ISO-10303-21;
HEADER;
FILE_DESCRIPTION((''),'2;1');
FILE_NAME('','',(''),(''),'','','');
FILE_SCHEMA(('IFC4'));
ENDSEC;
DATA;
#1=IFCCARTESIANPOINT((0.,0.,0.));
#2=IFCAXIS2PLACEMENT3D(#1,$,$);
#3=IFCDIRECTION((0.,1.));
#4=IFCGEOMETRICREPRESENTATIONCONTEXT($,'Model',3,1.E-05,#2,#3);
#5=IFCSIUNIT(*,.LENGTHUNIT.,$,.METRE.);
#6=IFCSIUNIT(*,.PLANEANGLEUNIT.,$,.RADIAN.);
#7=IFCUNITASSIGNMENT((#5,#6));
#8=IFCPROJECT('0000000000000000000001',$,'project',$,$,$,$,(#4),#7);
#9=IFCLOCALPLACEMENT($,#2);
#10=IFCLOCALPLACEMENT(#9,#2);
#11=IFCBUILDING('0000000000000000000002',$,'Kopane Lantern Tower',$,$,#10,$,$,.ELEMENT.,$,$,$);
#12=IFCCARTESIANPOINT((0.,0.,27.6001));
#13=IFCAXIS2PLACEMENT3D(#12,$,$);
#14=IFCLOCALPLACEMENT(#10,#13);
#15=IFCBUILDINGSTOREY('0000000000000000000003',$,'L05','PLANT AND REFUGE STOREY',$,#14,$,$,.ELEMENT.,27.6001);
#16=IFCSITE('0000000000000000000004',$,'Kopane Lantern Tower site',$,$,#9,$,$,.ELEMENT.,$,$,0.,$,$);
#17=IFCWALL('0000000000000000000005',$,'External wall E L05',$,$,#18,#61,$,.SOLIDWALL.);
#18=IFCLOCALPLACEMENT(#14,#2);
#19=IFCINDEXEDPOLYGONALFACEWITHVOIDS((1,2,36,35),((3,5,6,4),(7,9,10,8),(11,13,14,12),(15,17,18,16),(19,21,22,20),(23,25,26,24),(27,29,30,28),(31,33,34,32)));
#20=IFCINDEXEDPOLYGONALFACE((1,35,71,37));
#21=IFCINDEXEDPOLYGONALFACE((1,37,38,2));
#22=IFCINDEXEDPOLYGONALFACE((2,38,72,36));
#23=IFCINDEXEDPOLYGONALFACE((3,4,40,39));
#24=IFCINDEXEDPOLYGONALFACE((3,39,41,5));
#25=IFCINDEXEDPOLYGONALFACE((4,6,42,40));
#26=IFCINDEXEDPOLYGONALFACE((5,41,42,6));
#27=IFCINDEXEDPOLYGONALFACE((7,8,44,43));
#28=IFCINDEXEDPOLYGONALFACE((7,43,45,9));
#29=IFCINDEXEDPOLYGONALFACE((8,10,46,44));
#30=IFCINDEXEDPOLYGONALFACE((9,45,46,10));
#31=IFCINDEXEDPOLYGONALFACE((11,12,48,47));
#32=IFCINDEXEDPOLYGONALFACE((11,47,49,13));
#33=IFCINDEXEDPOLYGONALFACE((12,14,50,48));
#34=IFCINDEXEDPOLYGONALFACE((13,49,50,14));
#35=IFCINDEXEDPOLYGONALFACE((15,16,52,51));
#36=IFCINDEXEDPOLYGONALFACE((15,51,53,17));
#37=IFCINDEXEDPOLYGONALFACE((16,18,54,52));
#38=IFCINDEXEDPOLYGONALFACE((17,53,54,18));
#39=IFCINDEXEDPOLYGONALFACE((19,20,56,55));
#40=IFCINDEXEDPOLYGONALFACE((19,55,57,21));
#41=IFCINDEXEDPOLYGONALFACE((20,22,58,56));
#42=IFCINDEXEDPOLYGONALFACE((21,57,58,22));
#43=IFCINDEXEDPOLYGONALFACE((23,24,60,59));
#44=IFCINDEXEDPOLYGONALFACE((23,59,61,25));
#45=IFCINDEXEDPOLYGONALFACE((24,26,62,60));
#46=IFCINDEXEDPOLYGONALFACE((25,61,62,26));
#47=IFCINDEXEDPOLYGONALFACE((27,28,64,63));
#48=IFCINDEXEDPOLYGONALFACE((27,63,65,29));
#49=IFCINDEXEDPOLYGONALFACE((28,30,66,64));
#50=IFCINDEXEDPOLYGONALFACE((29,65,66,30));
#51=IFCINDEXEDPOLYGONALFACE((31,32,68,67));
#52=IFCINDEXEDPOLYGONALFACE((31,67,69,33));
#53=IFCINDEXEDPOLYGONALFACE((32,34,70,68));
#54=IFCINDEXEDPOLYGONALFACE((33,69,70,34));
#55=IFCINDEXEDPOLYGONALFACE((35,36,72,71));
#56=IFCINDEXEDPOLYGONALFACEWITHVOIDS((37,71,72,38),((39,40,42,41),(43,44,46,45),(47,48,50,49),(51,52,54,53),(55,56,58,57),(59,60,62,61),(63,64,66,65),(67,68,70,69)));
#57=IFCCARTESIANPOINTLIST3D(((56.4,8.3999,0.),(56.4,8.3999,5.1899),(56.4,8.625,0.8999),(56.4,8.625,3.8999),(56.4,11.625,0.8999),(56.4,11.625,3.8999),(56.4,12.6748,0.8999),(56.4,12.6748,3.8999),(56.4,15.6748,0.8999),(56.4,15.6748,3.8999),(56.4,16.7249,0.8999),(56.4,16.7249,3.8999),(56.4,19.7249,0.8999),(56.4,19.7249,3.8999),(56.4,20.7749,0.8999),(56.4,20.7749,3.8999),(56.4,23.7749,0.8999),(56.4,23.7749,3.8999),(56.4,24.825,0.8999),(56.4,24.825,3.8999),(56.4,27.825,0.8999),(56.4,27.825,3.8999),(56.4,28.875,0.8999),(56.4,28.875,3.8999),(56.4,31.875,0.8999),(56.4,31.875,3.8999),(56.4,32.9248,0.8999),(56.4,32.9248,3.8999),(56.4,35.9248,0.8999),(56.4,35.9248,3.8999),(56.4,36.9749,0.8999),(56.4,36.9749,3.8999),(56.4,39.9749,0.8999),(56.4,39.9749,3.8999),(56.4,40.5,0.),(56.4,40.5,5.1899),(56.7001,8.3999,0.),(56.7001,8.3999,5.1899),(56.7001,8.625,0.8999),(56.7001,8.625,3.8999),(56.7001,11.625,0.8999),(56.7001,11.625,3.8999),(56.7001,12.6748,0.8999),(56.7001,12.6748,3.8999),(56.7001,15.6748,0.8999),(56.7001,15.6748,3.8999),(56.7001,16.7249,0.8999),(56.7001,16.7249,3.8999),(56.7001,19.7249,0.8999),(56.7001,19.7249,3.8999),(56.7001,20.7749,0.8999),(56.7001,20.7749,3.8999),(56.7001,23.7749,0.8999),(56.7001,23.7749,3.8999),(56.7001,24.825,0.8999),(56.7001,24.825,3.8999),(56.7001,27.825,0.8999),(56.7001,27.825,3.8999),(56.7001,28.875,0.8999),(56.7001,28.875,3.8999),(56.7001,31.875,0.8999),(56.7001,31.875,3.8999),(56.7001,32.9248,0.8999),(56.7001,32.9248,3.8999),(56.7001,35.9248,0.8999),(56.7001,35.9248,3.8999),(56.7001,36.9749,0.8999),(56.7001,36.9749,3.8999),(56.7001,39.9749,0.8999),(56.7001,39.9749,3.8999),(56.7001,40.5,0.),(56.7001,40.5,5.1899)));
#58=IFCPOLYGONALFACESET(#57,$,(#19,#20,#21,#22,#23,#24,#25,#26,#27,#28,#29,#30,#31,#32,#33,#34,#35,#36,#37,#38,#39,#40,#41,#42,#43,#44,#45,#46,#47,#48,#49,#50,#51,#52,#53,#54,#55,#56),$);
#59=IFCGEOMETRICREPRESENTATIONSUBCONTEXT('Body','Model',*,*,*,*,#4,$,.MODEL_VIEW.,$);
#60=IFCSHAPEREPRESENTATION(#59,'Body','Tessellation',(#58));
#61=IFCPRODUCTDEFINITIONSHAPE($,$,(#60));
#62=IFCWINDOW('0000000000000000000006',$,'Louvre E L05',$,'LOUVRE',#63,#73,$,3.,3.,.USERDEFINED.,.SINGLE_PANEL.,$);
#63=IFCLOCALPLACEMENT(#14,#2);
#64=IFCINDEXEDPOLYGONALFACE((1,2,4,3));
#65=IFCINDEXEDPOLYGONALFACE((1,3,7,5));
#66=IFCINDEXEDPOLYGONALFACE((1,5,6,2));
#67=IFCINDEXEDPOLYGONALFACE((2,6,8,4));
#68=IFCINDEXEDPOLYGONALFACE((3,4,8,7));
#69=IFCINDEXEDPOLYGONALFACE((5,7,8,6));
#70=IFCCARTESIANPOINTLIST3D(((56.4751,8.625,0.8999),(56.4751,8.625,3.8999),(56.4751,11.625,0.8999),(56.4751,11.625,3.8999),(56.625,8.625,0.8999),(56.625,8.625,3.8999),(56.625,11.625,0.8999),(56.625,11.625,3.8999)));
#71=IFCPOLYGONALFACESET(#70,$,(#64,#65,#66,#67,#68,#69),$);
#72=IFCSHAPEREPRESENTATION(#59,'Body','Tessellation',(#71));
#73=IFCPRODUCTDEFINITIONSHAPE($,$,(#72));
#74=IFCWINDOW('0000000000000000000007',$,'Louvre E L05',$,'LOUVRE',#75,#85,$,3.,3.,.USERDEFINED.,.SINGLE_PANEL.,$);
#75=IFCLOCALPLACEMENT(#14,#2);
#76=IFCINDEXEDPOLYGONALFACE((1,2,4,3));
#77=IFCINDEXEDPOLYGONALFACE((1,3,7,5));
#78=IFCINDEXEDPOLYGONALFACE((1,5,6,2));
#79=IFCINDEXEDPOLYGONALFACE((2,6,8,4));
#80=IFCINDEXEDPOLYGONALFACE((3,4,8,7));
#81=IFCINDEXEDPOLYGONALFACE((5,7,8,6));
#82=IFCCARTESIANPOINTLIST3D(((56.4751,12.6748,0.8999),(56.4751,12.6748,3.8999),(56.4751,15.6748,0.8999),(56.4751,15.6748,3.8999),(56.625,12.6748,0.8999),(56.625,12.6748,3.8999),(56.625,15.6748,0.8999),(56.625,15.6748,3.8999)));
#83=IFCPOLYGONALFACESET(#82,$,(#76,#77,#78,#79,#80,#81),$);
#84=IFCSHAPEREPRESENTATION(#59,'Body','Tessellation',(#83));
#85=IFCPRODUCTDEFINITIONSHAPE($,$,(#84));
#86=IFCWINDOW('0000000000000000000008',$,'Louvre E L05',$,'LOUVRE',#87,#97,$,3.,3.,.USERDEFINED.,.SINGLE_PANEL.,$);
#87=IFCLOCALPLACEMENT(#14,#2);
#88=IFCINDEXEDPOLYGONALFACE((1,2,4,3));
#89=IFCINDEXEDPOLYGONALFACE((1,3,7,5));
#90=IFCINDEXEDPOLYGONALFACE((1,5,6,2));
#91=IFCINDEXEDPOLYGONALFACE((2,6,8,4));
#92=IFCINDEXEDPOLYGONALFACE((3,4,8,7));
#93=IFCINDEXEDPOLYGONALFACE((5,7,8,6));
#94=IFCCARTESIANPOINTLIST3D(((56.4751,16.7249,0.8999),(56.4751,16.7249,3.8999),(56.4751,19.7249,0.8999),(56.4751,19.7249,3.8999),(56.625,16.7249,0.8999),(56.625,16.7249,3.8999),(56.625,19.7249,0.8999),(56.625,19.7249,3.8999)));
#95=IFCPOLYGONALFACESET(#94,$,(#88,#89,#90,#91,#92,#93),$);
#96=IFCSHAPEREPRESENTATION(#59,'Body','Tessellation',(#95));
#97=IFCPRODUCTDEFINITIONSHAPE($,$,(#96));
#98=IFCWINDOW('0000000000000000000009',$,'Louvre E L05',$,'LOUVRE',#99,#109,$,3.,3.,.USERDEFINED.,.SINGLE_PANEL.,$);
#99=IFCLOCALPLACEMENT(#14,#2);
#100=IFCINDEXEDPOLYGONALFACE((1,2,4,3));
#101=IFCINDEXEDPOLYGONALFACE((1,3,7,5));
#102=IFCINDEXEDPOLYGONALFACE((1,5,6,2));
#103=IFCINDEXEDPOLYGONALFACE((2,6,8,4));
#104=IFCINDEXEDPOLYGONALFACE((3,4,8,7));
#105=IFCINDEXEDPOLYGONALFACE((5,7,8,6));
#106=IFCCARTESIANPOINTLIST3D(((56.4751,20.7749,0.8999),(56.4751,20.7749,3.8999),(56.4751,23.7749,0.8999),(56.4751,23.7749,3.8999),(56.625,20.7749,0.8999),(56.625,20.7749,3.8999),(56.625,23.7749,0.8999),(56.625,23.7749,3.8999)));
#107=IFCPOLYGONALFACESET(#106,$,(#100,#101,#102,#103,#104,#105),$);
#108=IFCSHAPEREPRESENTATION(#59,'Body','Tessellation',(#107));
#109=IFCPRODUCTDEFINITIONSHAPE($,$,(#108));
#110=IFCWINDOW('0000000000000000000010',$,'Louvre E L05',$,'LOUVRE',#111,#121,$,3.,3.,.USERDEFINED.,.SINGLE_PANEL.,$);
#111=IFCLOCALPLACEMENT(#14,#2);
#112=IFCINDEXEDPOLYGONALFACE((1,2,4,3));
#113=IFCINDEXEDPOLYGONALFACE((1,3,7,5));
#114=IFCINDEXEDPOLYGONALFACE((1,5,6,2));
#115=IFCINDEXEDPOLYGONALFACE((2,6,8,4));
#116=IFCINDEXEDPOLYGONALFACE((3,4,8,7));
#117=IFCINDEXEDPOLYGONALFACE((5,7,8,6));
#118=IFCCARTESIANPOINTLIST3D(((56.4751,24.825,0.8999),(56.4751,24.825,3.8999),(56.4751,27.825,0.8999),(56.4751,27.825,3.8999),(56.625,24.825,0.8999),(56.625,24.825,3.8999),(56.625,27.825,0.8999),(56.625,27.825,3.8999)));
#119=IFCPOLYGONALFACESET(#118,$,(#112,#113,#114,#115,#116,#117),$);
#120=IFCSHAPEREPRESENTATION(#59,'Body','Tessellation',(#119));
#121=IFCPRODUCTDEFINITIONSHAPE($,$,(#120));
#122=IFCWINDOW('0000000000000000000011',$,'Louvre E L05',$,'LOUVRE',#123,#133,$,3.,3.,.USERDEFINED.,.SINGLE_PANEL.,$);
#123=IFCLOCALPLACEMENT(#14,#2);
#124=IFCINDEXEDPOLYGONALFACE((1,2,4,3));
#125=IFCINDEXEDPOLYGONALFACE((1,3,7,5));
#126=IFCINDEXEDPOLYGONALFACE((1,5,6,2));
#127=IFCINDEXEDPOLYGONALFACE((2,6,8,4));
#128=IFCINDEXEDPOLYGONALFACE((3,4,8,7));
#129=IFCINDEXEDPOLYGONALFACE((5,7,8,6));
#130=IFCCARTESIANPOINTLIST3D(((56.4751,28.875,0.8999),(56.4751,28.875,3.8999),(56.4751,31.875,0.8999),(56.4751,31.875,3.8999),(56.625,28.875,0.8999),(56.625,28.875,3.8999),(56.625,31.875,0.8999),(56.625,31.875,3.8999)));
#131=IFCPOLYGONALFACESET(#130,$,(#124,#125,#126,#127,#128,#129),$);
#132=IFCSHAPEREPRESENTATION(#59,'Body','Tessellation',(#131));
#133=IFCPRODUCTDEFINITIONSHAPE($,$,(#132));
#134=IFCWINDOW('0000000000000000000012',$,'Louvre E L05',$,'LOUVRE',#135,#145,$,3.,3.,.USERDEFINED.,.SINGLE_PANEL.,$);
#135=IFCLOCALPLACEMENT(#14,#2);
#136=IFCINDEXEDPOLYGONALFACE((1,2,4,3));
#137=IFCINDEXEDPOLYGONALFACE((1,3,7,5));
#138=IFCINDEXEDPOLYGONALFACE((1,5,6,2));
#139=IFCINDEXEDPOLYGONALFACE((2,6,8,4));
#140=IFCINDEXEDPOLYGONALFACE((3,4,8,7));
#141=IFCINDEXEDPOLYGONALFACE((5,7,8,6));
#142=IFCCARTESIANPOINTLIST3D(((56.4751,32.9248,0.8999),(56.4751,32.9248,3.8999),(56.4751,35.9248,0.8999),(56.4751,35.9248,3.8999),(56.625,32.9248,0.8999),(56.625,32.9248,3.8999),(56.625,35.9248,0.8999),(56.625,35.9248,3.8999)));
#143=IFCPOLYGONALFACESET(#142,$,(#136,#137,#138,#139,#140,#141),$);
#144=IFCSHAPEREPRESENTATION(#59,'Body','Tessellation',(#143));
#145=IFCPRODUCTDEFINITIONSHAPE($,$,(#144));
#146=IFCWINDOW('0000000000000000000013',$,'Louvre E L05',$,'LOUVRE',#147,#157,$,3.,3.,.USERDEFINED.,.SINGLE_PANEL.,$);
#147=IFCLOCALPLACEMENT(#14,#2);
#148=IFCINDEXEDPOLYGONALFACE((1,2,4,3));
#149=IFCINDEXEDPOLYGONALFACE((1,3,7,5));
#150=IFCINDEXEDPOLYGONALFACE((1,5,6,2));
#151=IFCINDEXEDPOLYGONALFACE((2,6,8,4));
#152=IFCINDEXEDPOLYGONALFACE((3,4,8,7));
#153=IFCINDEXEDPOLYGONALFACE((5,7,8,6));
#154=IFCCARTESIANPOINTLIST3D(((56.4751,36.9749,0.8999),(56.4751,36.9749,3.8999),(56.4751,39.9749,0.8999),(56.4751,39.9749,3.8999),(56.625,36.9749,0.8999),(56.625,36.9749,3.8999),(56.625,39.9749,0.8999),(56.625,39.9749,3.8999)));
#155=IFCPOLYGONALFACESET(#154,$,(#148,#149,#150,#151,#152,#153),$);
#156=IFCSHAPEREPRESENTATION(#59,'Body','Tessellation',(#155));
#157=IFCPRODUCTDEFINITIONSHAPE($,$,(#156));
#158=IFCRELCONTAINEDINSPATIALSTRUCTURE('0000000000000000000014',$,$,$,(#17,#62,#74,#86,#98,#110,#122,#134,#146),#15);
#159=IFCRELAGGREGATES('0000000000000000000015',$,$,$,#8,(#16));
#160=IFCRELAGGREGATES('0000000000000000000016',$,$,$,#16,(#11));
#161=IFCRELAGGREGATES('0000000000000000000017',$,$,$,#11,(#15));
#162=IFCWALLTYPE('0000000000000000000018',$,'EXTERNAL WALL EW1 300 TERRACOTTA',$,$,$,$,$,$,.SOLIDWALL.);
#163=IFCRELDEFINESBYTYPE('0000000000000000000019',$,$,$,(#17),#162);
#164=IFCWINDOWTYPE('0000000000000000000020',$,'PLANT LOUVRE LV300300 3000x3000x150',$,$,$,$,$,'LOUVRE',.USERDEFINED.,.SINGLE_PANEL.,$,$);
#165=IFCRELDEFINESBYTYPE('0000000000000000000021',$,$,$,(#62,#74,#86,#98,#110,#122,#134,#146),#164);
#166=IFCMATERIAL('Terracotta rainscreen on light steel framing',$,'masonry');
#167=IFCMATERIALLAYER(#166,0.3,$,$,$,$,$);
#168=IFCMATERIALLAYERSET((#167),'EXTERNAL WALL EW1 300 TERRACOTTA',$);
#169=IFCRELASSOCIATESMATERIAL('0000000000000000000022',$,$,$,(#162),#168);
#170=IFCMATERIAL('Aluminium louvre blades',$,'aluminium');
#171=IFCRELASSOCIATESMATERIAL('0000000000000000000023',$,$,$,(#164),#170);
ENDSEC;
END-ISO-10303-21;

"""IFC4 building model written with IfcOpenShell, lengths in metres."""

from ifc_helpers import new_model, si_unit, direction, frame, frame_2d, origin, place, context, subcontext, project, spatial, rectangle, extrude, material, layer, layer_set, type_object, element, fill, save


model = new_model("IFC4")

# Units and contexts
model_context = context("Model", 3, precision=1e-05, world=origin(), true_north=direction((0.0, 1.0)))
body_context = subcontext(model_context, "Body", "Model", "MODEL_VIEW")
ifc_project = project(units=[si_unit("LENGTHUNIT", "METRE"), si_unit("PLANEANGLEUNIT", "RADIAN")], contexts=[model_context])

# Site, building, storey
site_placement = place(None, origin())
site = spatial("IfcSite", under=ifc_project, at=site_placement, Name="Kopane Lantern Tower site", CompositionType="ELEMENT", RefElevation=0.0)
building_placement = place(site_placement, origin())
building = spatial("IfcBuilding", under=site, at=building_placement, Name="Kopane Lantern Tower", CompositionType="ELEMENT")
storey_placement = place(building_placement, frame((0.0, 0.0, 27.6001)))
storey = spatial("IfcBuildingStorey", under=building, at=storey_placement, Name="L05", Description="PLANT AND REFUGE STOREY", CompositionType="ELEMENT", Elevation=27.6001)

# Shared definitions
ifc_material_1 = material(Name="Terracotta rainscreen on light steel framing", Category="masonry")
ifc_layer_1 = layer(ifc_material_1, 0.3)
ifc_layer_set_1 = layer_set([ifc_layer_1], Name="EXTERNAL WALL EW1 300 TERRACOTTA")
wall_type_1 = type_object("IfcWallType", Name="EXTERNAL WALL EW1 300 TERRACOTTA", PredefinedType="SOLIDWALL", material=ifc_layer_set_1)

# Wall, openings, windows
wall_1_placement = place(storey_placement, frame((56.55, 8.3999, 0.0), z_axis=(0.0, 0.0, 1.0), x_axis=(0.0, 1.0, 0.0)))
wall_1 = element("IfcWall", 1, at=wall_1_placement, inside=storey, type_object=wall_type_1, Name="External wall E L05", PredefinedType="SOLIDWALL", context=body_context, shape_type="SweptSolid", body=[
    extrude(rectangle(XDim=32.1001, YDim=0.3, at=frame_2d((16.05, 0.0))), origin(), (0.0, 0.0, 1.0), 5.1899),
])
opening_1_placement = place(wall_1_placement, frame((0.2251, 0.0, 0.8999)))
opening_1 = element("IfcOpeningElement", 2, at=opening_1_placement, cuts=wall_1, PredefinedType="OPENING", context=body_context, shape_type="SweptSolid", body=[
    extrude(rectangle(XDim=3.0, YDim=3.0, at=frame_2d((1.5, 1.5))), frame((0.0, 0.1599, 0.0), z_axis=(0.0, -1.0, 0.0), x_axis=(1.0, 0.0, 0.0)), (0.0, 0.0, 1.0), 0.3201),
])
opening_2_placement = place(wall_1_placement, frame((4.2749, 0.0, 0.8999)))
opening_2 = element("IfcOpeningElement", 3, at=opening_2_placement, cuts=wall_1, PredefinedType="OPENING", context=body_context, shape_type="SweptSolid", body=[
    extrude(rectangle(XDim=3.0, YDim=3.0, at=frame_2d((1.5, 1.5))), frame((0.0, 0.1599, 0.0), z_axis=(0.0, -1.0, 0.0), x_axis=(1.0, 0.0, 0.0)), (0.0, 0.0, 1.0), 0.3201),
])
opening_3_placement = place(wall_1_placement, frame((8.325, 0.0, 0.8999)))
opening_3 = element("IfcOpeningElement", 4, at=opening_3_placement, cuts=wall_1, PredefinedType="OPENING", context=body_context, shape_type="SweptSolid", body=[
    extrude(rectangle(XDim=3.0, YDim=3.0, at=frame_2d((1.5, 1.5))), frame((0.0, 0.1599, 0.0), z_axis=(0.0, -1.0, 0.0), x_axis=(1.0, 0.0, 0.0)), (0.0, 0.0, 1.0), 0.3201),
])
opening_4_placement = place(wall_1_placement, frame((12.375, 0.0, 0.8999)))
opening_4 = element("IfcOpeningElement", 5, at=opening_4_placement, cuts=wall_1, PredefinedType="OPENING", context=body_context, shape_type="SweptSolid", body=[
    extrude(rectangle(XDim=3.0, YDim=3.0, at=frame_2d((1.5, 1.5))), frame((0.0, 0.1599, 0.0), z_axis=(0.0, -1.0, 0.0), x_axis=(1.0, 0.0, 0.0)), (0.0, 0.0, 1.0), 0.3201),
])
opening_5_placement = place(wall_1_placement, frame((16.425, 0.0, 0.8999)))
opening_5 = element("IfcOpeningElement", 6, at=opening_5_placement, cuts=wall_1, PredefinedType="OPENING", context=body_context, shape_type="SweptSolid", body=[
    extrude(rectangle(XDim=3.0, YDim=3.0, at=frame_2d((1.5, 1.5))), frame((0.0, 0.1599, 0.0), z_axis=(0.0, -1.0, 0.0), x_axis=(1.0, 0.0, 0.0)), (0.0, 0.0, 1.0), 0.3201),
])
opening_6_placement = place(wall_1_placement, frame((20.4751, 0.0, 0.8999)))
opening_6 = element("IfcOpeningElement", 7, at=opening_6_placement, cuts=wall_1, PredefinedType="OPENING", context=body_context, shape_type="SweptSolid", body=[
    extrude(rectangle(XDim=3.0, YDim=3.0, at=frame_2d((1.5, 1.5))), frame((0.0, 0.1599, 0.0), z_axis=(0.0, -1.0, 0.0), x_axis=(1.0, 0.0, 0.0)), (0.0, 0.0, 1.0), 0.3201),
])
opening_7_placement = place(wall_1_placement, frame((24.5249, 0.0, 0.8999)))
opening_7 = element("IfcOpeningElement", 8, at=opening_7_placement, cuts=wall_1, PredefinedType="OPENING", context=body_context, shape_type="SweptSolid", body=[
    extrude(rectangle(XDim=3.0, YDim=3.0, at=frame_2d((1.5, 1.5))), frame((0.0, 0.1599, 0.0), z_axis=(0.0, -1.0, 0.0), x_axis=(1.0, 0.0, 0.0)), (0.0, 0.0, 1.0), 0.3201),
])
opening_8_placement = place(wall_1_placement, frame((28.575, 0.0, 0.8999)))
opening_8 = element("IfcOpeningElement", 9, at=opening_8_placement, cuts=wall_1, PredefinedType="OPENING", context=body_context, shape_type="SweptSolid", body=[
    extrude(rectangle(XDim=3.0, YDim=3.0, at=frame_2d((1.5, 1.5))), frame((0.0, 0.1599, 0.0), z_axis=(0.0, -1.0, 0.0), x_axis=(1.0, 0.0, 0.0)), (0.0, 0.0, 1.0), 0.3201),
])
ifc_material_2 = material(Name="Aluminium louvre blades", Category="aluminium")
window_type_1 = type_object("IfcWindowType", Name="PLANT LOUVRE LV300300 3000x3000x150", ElementType="LOUVRE", PartitioningType="SINGLE_PANEL", PredefinedType="USERDEFINED", material=ifc_material_2)
window_1_placement = place(opening_1_placement, origin())
window_1 = element("IfcWindow", 10, at=window_1_placement, inside=storey, type_object=window_type_1, Name="Louvre E L05", ObjectType="LOUVRE", OverallHeight=3.0, OverallWidth=3.0, PartitioningType="SINGLE_PANEL", PredefinedType="USERDEFINED", context=body_context, shape_type="SweptSolid", body=[
    extrude(rectangle(XDim=3.0, YDim=3.0, at=frame_2d((1.5, 1.5))), frame((0.0, 0.075, 0.0), z_axis=(0.0, -1.0, 0.0), x_axis=(1.0, 0.0, 0.0)), (0.0, 0.0, 1.0), 0.1499),
])
fill(opening_1, window_1)
window_2_placement = place(opening_2_placement, origin())
window_2 = element("IfcWindow", 11, at=window_2_placement, inside=storey, type_object=window_type_1, Name="Louvre E L05", ObjectType="LOUVRE", OverallHeight=3.0, OverallWidth=3.0, PartitioningType="SINGLE_PANEL", PredefinedType="USERDEFINED", context=body_context, shape_type="SweptSolid", body=[
    extrude(rectangle(XDim=3.0, YDim=3.0, at=frame_2d((1.5, 1.5))), frame((0.0, 0.075, 0.0), z_axis=(0.0, -1.0, 0.0), x_axis=(1.0, 0.0, 0.0)), (0.0, 0.0, 1.0), 0.1499),
])
fill(opening_2, window_2)
window_3_placement = place(opening_3_placement, origin())
window_3 = element("IfcWindow", 12, at=window_3_placement, inside=storey, type_object=window_type_1, Name="Louvre E L05", ObjectType="LOUVRE", OverallHeight=3.0, OverallWidth=3.0, PartitioningType="SINGLE_PANEL", PredefinedType="USERDEFINED", context=body_context, shape_type="SweptSolid", body=[
    extrude(rectangle(XDim=3.0, YDim=3.0, at=frame_2d((1.5, 1.5))), frame((0.0, 0.075, 0.0), z_axis=(0.0, -1.0, 0.0), x_axis=(1.0, 0.0, 0.0)), (0.0, 0.0, 1.0), 0.1499),
])
fill(opening_3, window_3)
window_4_placement = place(opening_4_placement, origin())
window_4 = element("IfcWindow", 13, at=window_4_placement, inside=storey, type_object=window_type_1, Name="Louvre E L05", ObjectType="LOUVRE", OverallHeight=3.0, OverallWidth=3.0, PartitioningType="SINGLE_PANEL", PredefinedType="USERDEFINED", context=body_context, shape_type="SweptSolid", body=[
    extrude(rectangle(XDim=3.0, YDim=3.0, at=frame_2d((1.5, 1.5))), frame((0.0, 0.075, 0.0), z_axis=(0.0, -1.0, 0.0), x_axis=(1.0, 0.0, 0.0)), (0.0, 0.0, 1.0), 0.1499),
])
fill(opening_4, window_4)
window_5_placement = place(opening_5_placement, origin())
window_5 = element("IfcWindow", 14, at=window_5_placement, inside=storey, type_object=window_type_1, Name="Louvre E L05", ObjectType="LOUVRE", OverallHeight=3.0, OverallWidth=3.0, PartitioningType="SINGLE_PANEL", PredefinedType="USERDEFINED", context=body_context, shape_type="SweptSolid", body=[
    extrude(rectangle(XDim=3.0, YDim=3.0, at=frame_2d((1.5, 1.5))), frame((0.0, 0.075, 0.0), z_axis=(0.0, -1.0, 0.0), x_axis=(1.0, 0.0, 0.0)), (0.0, 0.0, 1.0), 0.1499),
])
fill(opening_5, window_5)
window_6_placement = place(opening_6_placement, origin())
window_6 = element("IfcWindow", 15, at=window_6_placement, inside=storey, type_object=window_type_1, Name="Louvre E L05", ObjectType="LOUVRE", OverallHeight=3.0, OverallWidth=3.0, PartitioningType="SINGLE_PANEL", PredefinedType="USERDEFINED", context=body_context, shape_type="SweptSolid", body=[
    extrude(rectangle(XDim=3.0, YDim=3.0, at=frame_2d((1.5, 1.5))), frame((0.0, 0.075, 0.0), z_axis=(0.0, -1.0, 0.0), x_axis=(1.0, 0.0, 0.0)), (0.0, 0.0, 1.0), 0.1499),
])
fill(opening_6, window_6)
window_7_placement = place(opening_7_placement, origin())
window_7 = element("IfcWindow", 16, at=window_7_placement, inside=storey, type_object=window_type_1, Name="Louvre E L05", ObjectType="LOUVRE", OverallHeight=3.0, OverallWidth=3.0, PartitioningType="SINGLE_PANEL", PredefinedType="USERDEFINED", context=body_context, shape_type="SweptSolid", body=[
    extrude(rectangle(XDim=3.0, YDim=3.0, at=frame_2d((1.5, 1.5))), frame((0.0, 0.075, 0.0), z_axis=(0.0, -1.0, 0.0), x_axis=(1.0, 0.0, 0.0)), (0.0, 0.0, 1.0), 0.1499),
])
fill(opening_7, window_7)
window_8_placement = place(opening_8_placement, origin())
window_8 = element("IfcWindow", 17, at=window_8_placement, inside=storey, type_object=window_type_1, Name="Louvre E L05", ObjectType="LOUVRE", OverallHeight=3.0, OverallWidth=3.0, PartitioningType="SINGLE_PANEL", PredefinedType="USERDEFINED", context=body_context, shape_type="SweptSolid", body=[
    extrude(rectangle(XDim=3.0, YDim=3.0, at=frame_2d((1.5, 1.5))), frame((0.0, 0.075, 0.0), z_axis=(0.0, -1.0, 0.0), x_axis=(1.0, 0.0, 0.0)), (0.0, 0.0, 1.0), 0.1499),
])
fill(opening_8, window_8)

save(model, "model.ifc")
